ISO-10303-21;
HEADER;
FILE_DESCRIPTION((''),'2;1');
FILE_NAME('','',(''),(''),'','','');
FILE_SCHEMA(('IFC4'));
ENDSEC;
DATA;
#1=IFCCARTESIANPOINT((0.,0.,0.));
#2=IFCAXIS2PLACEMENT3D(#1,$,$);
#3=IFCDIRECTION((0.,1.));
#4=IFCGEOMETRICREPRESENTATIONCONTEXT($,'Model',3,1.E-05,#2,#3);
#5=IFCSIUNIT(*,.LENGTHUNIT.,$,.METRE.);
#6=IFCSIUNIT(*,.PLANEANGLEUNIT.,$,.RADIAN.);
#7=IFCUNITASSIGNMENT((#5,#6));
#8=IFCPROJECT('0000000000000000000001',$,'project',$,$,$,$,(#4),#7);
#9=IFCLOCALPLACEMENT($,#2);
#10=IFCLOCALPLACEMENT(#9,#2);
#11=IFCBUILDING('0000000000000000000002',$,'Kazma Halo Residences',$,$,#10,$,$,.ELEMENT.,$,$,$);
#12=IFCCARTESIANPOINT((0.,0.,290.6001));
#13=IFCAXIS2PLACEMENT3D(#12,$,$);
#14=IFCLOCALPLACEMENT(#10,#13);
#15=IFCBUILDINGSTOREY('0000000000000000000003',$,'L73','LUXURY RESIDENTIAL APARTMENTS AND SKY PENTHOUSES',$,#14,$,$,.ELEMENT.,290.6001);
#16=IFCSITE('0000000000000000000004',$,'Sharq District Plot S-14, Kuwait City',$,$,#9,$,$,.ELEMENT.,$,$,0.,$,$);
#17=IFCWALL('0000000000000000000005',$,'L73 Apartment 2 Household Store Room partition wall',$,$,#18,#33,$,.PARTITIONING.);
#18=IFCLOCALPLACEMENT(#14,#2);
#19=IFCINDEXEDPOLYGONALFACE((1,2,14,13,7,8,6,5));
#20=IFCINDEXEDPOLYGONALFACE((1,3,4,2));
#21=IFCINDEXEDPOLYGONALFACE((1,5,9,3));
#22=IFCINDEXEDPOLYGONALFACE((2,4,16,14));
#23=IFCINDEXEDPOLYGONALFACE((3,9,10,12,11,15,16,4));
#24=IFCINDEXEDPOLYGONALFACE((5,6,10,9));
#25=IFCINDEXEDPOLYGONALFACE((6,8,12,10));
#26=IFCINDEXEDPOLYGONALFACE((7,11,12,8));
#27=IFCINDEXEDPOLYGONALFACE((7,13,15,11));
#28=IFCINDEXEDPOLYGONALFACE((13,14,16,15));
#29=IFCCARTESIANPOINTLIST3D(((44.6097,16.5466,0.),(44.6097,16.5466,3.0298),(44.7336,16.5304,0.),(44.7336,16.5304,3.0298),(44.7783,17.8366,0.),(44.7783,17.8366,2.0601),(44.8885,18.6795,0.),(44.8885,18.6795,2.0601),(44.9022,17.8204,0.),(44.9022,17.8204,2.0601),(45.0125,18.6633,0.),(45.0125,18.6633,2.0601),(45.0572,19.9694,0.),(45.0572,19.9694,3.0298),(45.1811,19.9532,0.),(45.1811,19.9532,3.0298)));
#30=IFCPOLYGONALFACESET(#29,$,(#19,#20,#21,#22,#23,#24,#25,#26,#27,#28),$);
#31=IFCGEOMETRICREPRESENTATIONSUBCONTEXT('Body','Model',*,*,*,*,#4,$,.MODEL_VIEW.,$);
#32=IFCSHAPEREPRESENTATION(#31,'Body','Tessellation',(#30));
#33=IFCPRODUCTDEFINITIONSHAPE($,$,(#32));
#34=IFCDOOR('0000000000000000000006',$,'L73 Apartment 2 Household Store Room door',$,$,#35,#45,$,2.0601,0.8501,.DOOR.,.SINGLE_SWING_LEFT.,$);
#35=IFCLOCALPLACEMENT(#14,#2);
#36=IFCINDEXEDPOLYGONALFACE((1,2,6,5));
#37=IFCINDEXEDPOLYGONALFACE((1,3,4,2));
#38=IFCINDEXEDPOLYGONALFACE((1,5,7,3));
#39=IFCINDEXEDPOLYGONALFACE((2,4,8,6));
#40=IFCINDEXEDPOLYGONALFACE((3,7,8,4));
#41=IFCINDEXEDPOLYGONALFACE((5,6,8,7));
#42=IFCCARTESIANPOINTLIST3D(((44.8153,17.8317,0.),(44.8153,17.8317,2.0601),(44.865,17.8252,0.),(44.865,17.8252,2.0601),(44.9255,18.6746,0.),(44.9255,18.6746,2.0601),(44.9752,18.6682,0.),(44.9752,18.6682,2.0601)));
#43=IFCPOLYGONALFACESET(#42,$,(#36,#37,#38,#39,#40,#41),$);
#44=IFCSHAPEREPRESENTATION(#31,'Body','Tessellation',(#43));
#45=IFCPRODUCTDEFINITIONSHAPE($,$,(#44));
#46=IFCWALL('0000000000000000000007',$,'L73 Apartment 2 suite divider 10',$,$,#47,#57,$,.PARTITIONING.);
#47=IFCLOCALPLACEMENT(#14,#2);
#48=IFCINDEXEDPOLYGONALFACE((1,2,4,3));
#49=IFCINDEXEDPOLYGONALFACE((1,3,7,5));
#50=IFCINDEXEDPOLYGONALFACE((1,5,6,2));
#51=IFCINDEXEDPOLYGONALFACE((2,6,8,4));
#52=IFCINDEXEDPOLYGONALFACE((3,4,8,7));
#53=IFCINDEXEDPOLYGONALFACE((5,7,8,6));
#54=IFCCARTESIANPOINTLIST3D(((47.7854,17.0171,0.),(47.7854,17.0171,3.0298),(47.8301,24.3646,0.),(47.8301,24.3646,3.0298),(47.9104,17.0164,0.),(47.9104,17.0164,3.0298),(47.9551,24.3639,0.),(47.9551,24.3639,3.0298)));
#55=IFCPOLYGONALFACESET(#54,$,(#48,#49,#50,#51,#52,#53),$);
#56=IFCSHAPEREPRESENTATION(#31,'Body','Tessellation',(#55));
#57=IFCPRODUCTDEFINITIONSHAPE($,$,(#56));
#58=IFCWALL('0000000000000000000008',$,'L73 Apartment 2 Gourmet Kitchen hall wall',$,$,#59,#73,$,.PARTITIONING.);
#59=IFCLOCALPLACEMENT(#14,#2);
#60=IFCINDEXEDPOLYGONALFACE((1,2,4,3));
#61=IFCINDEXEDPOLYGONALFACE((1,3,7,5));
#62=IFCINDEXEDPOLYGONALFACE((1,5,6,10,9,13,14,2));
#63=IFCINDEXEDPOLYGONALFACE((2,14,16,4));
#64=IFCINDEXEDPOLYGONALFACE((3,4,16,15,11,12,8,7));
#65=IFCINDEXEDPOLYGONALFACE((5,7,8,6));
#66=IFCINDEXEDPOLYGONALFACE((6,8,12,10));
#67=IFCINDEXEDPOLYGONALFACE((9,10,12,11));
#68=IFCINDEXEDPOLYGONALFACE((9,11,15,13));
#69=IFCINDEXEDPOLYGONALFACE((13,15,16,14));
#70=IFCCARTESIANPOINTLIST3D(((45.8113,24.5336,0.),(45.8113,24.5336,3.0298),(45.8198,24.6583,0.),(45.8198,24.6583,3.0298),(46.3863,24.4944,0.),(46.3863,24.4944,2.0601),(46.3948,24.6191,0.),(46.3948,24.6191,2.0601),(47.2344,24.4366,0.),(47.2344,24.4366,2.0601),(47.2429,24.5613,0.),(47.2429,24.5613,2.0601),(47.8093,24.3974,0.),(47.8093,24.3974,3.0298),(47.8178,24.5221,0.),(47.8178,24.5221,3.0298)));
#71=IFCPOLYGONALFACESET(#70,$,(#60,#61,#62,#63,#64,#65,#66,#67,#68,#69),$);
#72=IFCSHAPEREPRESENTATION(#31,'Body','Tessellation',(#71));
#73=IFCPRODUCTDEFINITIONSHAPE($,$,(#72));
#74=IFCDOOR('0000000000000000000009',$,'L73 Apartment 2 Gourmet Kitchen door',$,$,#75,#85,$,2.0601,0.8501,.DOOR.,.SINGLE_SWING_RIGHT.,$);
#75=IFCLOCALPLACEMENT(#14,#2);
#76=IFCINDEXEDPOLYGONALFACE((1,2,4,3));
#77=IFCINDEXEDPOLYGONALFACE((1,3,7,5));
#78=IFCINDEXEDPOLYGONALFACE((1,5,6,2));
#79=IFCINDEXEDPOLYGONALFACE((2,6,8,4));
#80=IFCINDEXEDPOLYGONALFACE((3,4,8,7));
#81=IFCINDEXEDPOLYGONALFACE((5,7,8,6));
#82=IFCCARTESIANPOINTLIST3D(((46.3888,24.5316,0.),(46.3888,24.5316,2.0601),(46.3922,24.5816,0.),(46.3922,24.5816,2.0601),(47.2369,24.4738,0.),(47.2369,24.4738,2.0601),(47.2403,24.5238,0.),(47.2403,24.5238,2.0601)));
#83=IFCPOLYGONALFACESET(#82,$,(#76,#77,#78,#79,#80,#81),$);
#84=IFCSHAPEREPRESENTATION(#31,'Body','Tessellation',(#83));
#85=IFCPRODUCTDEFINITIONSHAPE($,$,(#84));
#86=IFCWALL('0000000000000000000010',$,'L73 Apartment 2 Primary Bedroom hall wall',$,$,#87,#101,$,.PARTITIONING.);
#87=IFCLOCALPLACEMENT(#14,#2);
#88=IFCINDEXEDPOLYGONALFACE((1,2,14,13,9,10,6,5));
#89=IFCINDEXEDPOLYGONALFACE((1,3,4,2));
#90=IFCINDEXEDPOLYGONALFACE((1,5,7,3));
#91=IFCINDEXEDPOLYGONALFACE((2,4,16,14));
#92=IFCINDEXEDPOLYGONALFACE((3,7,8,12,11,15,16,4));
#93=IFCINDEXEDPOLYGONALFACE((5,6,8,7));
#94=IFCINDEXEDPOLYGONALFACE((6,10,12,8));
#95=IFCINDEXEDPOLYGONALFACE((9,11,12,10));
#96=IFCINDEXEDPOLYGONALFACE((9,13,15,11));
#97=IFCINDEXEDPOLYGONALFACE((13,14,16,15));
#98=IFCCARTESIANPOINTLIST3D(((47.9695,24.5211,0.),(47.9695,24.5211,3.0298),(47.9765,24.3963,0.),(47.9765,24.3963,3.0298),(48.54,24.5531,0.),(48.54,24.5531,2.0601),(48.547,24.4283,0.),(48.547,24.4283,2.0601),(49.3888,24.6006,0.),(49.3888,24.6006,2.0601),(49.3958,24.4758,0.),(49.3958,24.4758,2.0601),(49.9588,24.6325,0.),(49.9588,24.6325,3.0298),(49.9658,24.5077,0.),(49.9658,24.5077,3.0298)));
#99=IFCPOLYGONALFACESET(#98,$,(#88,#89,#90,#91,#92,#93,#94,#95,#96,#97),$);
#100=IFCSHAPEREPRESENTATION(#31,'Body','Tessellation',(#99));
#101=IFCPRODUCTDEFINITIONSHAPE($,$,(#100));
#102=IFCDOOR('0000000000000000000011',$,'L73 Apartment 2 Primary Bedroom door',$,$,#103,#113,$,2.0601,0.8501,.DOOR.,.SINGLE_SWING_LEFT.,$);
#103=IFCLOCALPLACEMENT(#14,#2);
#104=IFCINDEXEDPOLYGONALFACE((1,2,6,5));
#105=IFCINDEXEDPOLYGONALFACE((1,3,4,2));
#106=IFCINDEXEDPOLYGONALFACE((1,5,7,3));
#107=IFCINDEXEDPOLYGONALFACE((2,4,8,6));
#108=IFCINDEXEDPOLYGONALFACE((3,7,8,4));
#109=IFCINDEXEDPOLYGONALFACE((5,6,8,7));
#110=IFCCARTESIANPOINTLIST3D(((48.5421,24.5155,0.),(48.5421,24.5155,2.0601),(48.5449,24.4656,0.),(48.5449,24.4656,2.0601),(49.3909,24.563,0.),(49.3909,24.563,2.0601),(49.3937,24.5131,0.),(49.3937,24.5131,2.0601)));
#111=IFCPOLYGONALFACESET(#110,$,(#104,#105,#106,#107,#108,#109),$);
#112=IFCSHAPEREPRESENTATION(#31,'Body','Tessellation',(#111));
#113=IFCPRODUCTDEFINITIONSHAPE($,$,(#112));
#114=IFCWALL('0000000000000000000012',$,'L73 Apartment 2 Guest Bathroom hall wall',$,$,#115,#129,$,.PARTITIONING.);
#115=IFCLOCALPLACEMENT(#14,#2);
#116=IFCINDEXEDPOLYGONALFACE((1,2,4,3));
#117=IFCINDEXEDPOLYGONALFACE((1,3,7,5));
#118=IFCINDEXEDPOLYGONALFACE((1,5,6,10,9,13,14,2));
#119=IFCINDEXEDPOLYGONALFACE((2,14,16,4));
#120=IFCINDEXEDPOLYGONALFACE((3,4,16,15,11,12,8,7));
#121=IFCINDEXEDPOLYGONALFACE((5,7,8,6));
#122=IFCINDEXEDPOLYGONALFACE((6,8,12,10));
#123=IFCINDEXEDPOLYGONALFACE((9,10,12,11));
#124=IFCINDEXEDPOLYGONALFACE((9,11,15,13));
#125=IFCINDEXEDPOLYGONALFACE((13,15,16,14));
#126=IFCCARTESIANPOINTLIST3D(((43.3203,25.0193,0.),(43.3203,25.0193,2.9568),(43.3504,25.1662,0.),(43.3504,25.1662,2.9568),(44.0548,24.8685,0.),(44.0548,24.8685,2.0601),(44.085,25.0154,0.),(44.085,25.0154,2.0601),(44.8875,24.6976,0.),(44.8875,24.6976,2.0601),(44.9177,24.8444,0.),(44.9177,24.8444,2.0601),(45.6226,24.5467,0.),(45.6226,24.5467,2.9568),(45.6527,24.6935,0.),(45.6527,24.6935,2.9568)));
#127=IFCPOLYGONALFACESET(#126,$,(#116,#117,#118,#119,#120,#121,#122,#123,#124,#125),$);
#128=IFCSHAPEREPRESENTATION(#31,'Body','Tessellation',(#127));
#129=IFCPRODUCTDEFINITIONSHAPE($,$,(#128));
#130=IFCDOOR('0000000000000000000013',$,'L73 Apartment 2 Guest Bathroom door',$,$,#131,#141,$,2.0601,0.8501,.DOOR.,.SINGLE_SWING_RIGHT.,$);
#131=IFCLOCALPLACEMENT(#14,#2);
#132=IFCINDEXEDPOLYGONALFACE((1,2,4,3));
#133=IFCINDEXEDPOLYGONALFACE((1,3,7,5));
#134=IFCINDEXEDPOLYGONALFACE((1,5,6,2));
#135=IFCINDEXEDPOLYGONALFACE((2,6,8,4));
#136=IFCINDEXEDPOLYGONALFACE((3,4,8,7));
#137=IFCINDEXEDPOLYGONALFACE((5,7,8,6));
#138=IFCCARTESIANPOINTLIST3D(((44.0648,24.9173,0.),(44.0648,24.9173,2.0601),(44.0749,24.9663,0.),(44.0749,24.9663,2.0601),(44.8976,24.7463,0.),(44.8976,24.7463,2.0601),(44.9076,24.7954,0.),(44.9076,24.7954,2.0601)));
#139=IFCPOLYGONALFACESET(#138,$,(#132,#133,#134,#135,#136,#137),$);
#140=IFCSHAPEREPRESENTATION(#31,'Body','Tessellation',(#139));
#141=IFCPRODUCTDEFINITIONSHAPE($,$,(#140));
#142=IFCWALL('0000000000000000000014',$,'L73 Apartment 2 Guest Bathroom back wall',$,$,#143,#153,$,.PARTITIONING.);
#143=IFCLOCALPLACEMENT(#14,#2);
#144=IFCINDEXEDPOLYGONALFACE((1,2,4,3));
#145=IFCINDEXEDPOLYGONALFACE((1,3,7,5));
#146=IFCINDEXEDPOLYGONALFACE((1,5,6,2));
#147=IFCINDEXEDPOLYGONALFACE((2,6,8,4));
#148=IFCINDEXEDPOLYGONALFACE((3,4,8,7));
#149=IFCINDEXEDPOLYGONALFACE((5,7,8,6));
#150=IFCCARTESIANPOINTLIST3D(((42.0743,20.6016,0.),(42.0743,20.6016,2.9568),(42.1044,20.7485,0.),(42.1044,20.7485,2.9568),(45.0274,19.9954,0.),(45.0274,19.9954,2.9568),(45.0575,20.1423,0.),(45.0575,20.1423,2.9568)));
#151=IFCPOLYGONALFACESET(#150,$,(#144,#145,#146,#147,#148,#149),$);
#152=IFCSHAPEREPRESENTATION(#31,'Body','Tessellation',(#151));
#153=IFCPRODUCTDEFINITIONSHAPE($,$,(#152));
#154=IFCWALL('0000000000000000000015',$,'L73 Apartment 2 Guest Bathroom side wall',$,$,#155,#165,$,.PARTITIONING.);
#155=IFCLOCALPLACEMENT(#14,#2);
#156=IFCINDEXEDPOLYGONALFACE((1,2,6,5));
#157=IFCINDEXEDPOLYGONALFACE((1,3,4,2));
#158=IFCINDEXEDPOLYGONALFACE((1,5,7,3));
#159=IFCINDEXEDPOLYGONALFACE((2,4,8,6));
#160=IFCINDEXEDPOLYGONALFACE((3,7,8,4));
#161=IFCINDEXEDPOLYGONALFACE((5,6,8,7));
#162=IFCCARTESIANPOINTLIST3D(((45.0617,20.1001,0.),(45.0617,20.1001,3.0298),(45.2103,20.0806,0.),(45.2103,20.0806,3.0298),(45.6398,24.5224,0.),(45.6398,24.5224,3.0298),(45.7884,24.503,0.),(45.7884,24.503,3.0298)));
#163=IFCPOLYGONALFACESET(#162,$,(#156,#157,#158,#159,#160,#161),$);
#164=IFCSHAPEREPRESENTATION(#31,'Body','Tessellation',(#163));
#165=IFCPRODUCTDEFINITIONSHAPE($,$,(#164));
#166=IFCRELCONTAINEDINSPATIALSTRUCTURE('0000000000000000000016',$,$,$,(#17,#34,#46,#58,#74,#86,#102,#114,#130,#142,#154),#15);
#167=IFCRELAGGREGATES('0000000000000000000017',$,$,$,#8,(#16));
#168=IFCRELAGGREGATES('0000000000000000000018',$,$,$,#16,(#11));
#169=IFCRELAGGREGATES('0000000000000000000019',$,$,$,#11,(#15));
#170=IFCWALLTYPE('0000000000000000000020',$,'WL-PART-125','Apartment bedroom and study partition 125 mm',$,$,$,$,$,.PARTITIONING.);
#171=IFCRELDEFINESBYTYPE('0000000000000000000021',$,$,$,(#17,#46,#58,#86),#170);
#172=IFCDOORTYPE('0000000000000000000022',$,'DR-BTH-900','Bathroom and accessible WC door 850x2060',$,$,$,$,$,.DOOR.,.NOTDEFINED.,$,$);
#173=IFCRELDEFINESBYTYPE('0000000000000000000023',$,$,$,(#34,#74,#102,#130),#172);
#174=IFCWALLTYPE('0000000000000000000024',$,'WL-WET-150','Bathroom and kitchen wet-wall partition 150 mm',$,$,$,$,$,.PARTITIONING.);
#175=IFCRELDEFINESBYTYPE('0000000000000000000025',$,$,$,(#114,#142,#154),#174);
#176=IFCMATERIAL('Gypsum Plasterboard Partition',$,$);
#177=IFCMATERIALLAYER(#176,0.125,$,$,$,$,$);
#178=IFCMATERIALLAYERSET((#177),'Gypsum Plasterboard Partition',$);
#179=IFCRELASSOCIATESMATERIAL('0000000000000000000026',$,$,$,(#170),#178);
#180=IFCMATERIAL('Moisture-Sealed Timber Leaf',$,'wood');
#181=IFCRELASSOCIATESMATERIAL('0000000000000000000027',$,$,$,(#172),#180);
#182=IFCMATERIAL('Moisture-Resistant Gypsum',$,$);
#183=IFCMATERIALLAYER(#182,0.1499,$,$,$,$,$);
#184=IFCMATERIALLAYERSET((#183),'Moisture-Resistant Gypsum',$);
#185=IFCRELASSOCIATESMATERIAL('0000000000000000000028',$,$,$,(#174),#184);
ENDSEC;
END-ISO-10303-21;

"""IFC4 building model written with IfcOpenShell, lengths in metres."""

from ifc_helpers import new_model, si_unit, direction, frame, frame_2d, origin, place, context, subcontext, project, spatial, rectangle, extrude, material, layer, layer_set, type_object, element, fill, save


model = new_model("IFC4")

# Units and contexts
model_context = context("Model", 3, precision=1e-05, world=origin(), true_north=direction((0.0, 1.0)))
body_context = subcontext(model_context, "Body", "Model", "MODEL_VIEW")
ifc_project = project(units=[si_unit("LENGTHUNIT", "METRE"), si_unit("PLANEANGLEUNIT", "RADIAN")], contexts=[model_context])

# Site, building, storey
site_placement = place(None, origin())
site = spatial("IfcSite", under=ifc_project, at=site_placement, Name="Sharq District Plot S-14, Kuwait City", CompositionType="ELEMENT", RefElevation=0.0)
building_placement = place(site_placement, origin())
building = spatial("IfcBuilding", under=site, at=building_placement, Name="Kazma Halo Residences", CompositionType="ELEMENT")
storey_placement = place(building_placement, frame((0.0, 0.0, 290.6001)))
storey = spatial("IfcBuildingStorey", under=building, at=storey_placement, Name="L73", Description="LUXURY RESIDENTIAL APARTMENTS AND SKY PENTHOUSES", CompositionType="ELEMENT", Elevation=290.6001)

# Wall, opening, door
ifc_material_1 = material(Name="Gypsum Plasterboard Partition")
ifc_layer_1 = layer(ifc_material_1, 0.125)
ifc_layer_set_1 = layer_set([ifc_layer_1], Name="Gypsum Plasterboard Partition")
wall_type_1 = type_object("IfcWallType", Name="WL-PART-125", Description="Apartment bedroom and study partition 125 mm", PredefinedType="PARTITIONING", material=ifc_layer_set_1)
wall_1_placement = place(storey_placement, frame((45.1191, 19.9614, 0.0), z_axis=(0.0, 0.0, 1.0), x_axis=(-0.129639, -0.991561, 0.0)))
wall_1 = element("IfcWall", 1, at=wall_1_placement, inside=storey, type_object=wall_type_1, Name="L73 Apartment 2 Household Store Room partition wall", PredefinedType="PARTITIONING", context=body_context, shape_type="SweptSolid", body=[
    extrude(rectangle(XDim=3.4519, YDim=0.125, at=frame_2d((1.7261, 0.0))), origin(), (0.0, 0.0, 1.0), 3.0298),
])
opening_1_placement = place(wall_1_placement, frame((1.301, 0.0, 0.0)))
opening_1 = element("IfcOpeningElement", 2, at=opening_1_placement, cuts=wall_1, PredefinedType="OPENING", context=body_context, shape_type="SweptSolid", body=[
    extrude(rectangle(XDim=0.8501, YDim=2.0601, at=frame_2d((0.425, 1.03))), frame((0.0, 0.0725, 0.0), z_axis=(0.0, -1.0, 0.0), x_axis=(1.0, 0.0, 0.0)), (0.0, 0.0, 1.0), 0.145),
])
ifc_material_2 = material(Name="Moisture-Sealed Timber Leaf", Category="wood")
door_type = type_object("IfcDoorType", Name="DR-BTH-900", Description="Bathroom and accessible WC door 850x2060", OperationType="NOTDEFINED", PredefinedType="DOOR", material=ifc_material_2)
door_1_placement = place(opening_1_placement, origin())
door_1 = element("IfcDoor", 3, at=door_1_placement, inside=storey, type_object=door_type, Name="L73 Apartment 2 Household Store Room door", OperationType="SINGLE_SWING_LEFT", OverallHeight=2.0601, OverallWidth=0.8501, PredefinedType="DOOR", context=body_context, shape_type="SweptSolid", body=[
    extrude(rectangle(XDim=0.8501, YDim=2.0601, at=frame_2d((0.425, 1.03))), frame((0.0, 0.0249, 0.0), z_axis=(0.0, -1.0, 0.0), x_axis=(1.0, 0.0, 0.0)), (0.0, 0.0, 1.0), 0.05),
])
fill(opening_1, door_1)

# Wall
wall_2_placement = place(storey_placement, frame((47.8926, 24.3643, 0.0), z_axis=(0.0, 0.0, 1.0), x_axis=(-0.006081, -0.999982, 0.0)))
element("IfcWall", 4, at=wall_2_placement, inside=storey, type_object=wall_type_1, Name="L73 Apartment 2 suite divider 10", PredefinedType="PARTITIONING", context=body_context, shape_type="SweptSolid", body=[
    extrude(rectangle(XDim=7.3477, YDim=0.125, at=frame_2d((3.6738, 0.0))), origin(), (0.0, 0.0, 1.0), 3.0298),
])

# Walls, openings, doors
wall_3_placement = place(storey_placement, frame((45.8154, 24.5959, 0.0), z_axis=(0.0, 0.0, 1.0), x_axis=(0.997684, -0.068024, 0.0)))
wall_3 = element("IfcWall", 5, at=wall_3_placement, inside=storey, type_object=wall_type_1, Name="L73 Apartment 2 Gourmet Kitchen hall wall", PredefinedType="PARTITIONING", context=body_context, shape_type="SweptSolid", body=[
    extrude(rectangle(XDim=2.0027, YDim=0.125, at=frame_2d((1.0015, 0.0))), origin(), (0.0, 0.0, 1.0), 3.0298),
])
opening_2_placement = place(wall_3_placement, frame((0.5764, 0.0, 0.0)))
opening_2 = element("IfcOpeningElement", 6, at=opening_2_placement, cuts=wall_3, PredefinedType="OPENING", context=body_context, shape_type="SweptSolid", body=[
    extrude(rectangle(XDim=0.8501, YDim=2.0601, at=frame_2d((0.425, 1.03))), frame((0.0, 0.0725, 0.0), z_axis=(0.0, -1.0, 0.0), x_axis=(1.0, 0.0, 0.0)), (0.0, 0.0, 1.0), 0.145),
])
door_2_placement = place(opening_2_placement, origin())
door_2 = element("IfcDoor", 7, at=door_2_placement, inside=storey, type_object=door_type, Name="L73 Apartment 2 Gourmet Kitchen door", OperationType="SINGLE_SWING_RIGHT", OverallHeight=2.0601, OverallWidth=0.8501, PredefinedType="DOOR", context=body_context, shape_type="SweptSolid", body=[
    extrude(rectangle(XDim=0.8501, YDim=2.0601, at=frame_2d((0.425, 1.03))), frame((0.0, 0.0249, 0.0), z_axis=(0.0, -1.0, 0.0), x_axis=(1.0, 0.0, 0.0)), (0.0, 0.0, 1.0), 0.05),
])
fill(opening_2, door_2)
wall_4_placement = place(storey_placement, frame((47.9731, 24.4587, 0.0), z_axis=(0.0, 0.0, 1.0), x_axis=(0.998438, 0.055877, 0.0)))
wall_4 = element("IfcWall", 8, at=wall_4_placement, inside=storey, type_object=wall_type_1, Name="L73 Apartment 2 Primary Bedroom hall wall", PredefinedType="PARTITIONING", context=body_context, shape_type="SweptSolid", body=[
    extrude(rectangle(XDim=1.9924, YDim=0.125, at=frame_2d((0.9961, 0.0))), origin(), (0.0, 0.0, 1.0), 3.0298),
])
opening_3_placement = place(wall_4_placement, frame((0.5713, 0.0, 0.0)))
opening_3 = element("IfcOpeningElement", 9, at=opening_3_placement, cuts=wall_4, PredefinedType="OPENING", context=body_context, shape_type="SweptSolid", body=[
    extrude(rectangle(XDim=0.8501, YDim=2.0601, at=frame_2d((0.425, 1.03))), frame((0.0, 0.0725, 0.0), z_axis=(0.0, -1.0, 0.0), x_axis=(1.0, 0.0, 0.0)), (0.0, 0.0, 1.0), 0.145),
])
door_3_placement = place(opening_3_placement, origin())
door_3 = element("IfcDoor", 10, at=door_3_placement, inside=storey, type_object=door_type, Name="L73 Apartment 2 Primary Bedroom door", OperationType="SINGLE_SWING_LEFT", OverallHeight=2.0601, OverallWidth=0.8501, PredefinedType="DOOR", context=body_context, shape_type="SweptSolid", body=[
    extrude(rectangle(XDim=0.8501, YDim=2.0601, at=frame_2d((0.425, 1.03))), frame((0.0, 0.0249, 0.0), z_axis=(0.0, -1.0, 0.0), x_axis=(1.0, 0.0, 0.0)), (0.0, 0.0, 1.0), 0.05),
])
fill(opening_3, door_3)
ifc_material_3 = material(Name="Moisture-Resistant Gypsum")
ifc_layer_2 = layer(ifc_material_3, 0.1499)
ifc_layer_set_2 = layer_set([ifc_layer_2], Name="Moisture-Resistant Gypsum")
wall_type_2 = type_object("IfcWallType", Name="WL-WET-150", Description="Bathroom and kitchen wet-wall partition 150 mm", PredefinedType="PARTITIONING", material=ifc_layer_set_2)
wall_5_placement = place(storey_placement, frame((43.3352, 25.0928, 0.0), z_axis=(0.0, 0.0, 1.0), x_axis=(0.979569, -0.201108, 0.0)))
wall_5 = element("IfcWall", 11, at=wall_5_placement, inside=storey, type_object=wall_type_2, Name="L73 Apartment 2 Guest Bathroom hall wall", PredefinedType="PARTITIONING", context=body_context, shape_type="SweptSolid", body=[
    extrude(rectangle(XDim=2.3503, YDim=0.1499, at=frame_2d((1.1753, 0.0))), origin(), (0.0, 0.0, 1.0), 2.9568),
])
opening_4_placement = place(wall_5_placement, frame((0.75, 0.0, 0.0)))
opening_4 = element("IfcOpeningElement", 12, at=opening_4_placement, cuts=wall_5, PredefinedType="OPENING", context=body_context, shape_type="SweptSolid", body=[
    extrude(rectangle(XDim=0.8501, YDim=2.0601, at=frame_2d((0.425, 1.03))), frame((0.0, 0.085, 0.0), z_axis=(0.0, -1.0, 0.0), x_axis=(1.0, 0.0, 0.0)), (0.0, 0.0, 1.0), 0.1699),
])
door_4_placement = place(opening_4_placement, origin())
door_4 = element("IfcDoor", 13, at=door_4_placement, inside=storey, type_object=door_type, Name="L73 Apartment 2 Guest Bathroom door", OperationType="SINGLE_SWING_RIGHT", OverallHeight=2.0601, OverallWidth=0.8501, PredefinedType="DOOR", context=body_context, shape_type="SweptSolid", body=[
    extrude(rectangle(XDim=0.8501, YDim=2.0601, at=frame_2d((0.425, 1.03))), frame((0.0, 0.0249, 0.0), z_axis=(0.0, -1.0, 0.0), x_axis=(1.0, 0.0, 0.0)), (0.0, 0.0, 1.0), 0.05),
])
fill(opening_4, door_4)

# Walls
wall_6_placement = place(storey_placement, frame((42.0894, 20.675, 0.0), z_axis=(0.0, 0.0, 1.0), x_axis=(0.979574, -0.201082, 0.0)))
element("IfcWall", 14, at=wall_6_placement, inside=storey, type_object=wall_type_2, Name="L73 Apartment 2 Guest Bathroom back wall", PredefinedType="PARTITIONING", context=body_context, shape_type="SweptSolid", body=[
    extrude(rectangle(XDim=3.0146, YDim=0.1499, at=frame_2d((1.5073, 0.0))), origin(), (0.0, 0.0, 1.0), 2.9568),
])
wall_7_placement = place(storey_placement, frame((45.7141, 24.5127, 0.0), z_axis=(0.0, 0.0, 1.0), x_axis=(-0.129625, -0.991563, 0.0)))
element("IfcWall", 15, at=wall_7_placement, inside=storey, type_object=wall_type_2, Name="L73 Apartment 2 Guest Bathroom side wall", PredefinedType="PARTITIONING", context=body_context, shape_type="SweptSolid", body=[
    extrude(rectangle(XDim=4.46, YDim=0.1499, at=frame_2d((2.23, 0.0))), origin(), (0.0, 0.0, 1.0), 3.0298),
])

save(model, "model.ifc")
